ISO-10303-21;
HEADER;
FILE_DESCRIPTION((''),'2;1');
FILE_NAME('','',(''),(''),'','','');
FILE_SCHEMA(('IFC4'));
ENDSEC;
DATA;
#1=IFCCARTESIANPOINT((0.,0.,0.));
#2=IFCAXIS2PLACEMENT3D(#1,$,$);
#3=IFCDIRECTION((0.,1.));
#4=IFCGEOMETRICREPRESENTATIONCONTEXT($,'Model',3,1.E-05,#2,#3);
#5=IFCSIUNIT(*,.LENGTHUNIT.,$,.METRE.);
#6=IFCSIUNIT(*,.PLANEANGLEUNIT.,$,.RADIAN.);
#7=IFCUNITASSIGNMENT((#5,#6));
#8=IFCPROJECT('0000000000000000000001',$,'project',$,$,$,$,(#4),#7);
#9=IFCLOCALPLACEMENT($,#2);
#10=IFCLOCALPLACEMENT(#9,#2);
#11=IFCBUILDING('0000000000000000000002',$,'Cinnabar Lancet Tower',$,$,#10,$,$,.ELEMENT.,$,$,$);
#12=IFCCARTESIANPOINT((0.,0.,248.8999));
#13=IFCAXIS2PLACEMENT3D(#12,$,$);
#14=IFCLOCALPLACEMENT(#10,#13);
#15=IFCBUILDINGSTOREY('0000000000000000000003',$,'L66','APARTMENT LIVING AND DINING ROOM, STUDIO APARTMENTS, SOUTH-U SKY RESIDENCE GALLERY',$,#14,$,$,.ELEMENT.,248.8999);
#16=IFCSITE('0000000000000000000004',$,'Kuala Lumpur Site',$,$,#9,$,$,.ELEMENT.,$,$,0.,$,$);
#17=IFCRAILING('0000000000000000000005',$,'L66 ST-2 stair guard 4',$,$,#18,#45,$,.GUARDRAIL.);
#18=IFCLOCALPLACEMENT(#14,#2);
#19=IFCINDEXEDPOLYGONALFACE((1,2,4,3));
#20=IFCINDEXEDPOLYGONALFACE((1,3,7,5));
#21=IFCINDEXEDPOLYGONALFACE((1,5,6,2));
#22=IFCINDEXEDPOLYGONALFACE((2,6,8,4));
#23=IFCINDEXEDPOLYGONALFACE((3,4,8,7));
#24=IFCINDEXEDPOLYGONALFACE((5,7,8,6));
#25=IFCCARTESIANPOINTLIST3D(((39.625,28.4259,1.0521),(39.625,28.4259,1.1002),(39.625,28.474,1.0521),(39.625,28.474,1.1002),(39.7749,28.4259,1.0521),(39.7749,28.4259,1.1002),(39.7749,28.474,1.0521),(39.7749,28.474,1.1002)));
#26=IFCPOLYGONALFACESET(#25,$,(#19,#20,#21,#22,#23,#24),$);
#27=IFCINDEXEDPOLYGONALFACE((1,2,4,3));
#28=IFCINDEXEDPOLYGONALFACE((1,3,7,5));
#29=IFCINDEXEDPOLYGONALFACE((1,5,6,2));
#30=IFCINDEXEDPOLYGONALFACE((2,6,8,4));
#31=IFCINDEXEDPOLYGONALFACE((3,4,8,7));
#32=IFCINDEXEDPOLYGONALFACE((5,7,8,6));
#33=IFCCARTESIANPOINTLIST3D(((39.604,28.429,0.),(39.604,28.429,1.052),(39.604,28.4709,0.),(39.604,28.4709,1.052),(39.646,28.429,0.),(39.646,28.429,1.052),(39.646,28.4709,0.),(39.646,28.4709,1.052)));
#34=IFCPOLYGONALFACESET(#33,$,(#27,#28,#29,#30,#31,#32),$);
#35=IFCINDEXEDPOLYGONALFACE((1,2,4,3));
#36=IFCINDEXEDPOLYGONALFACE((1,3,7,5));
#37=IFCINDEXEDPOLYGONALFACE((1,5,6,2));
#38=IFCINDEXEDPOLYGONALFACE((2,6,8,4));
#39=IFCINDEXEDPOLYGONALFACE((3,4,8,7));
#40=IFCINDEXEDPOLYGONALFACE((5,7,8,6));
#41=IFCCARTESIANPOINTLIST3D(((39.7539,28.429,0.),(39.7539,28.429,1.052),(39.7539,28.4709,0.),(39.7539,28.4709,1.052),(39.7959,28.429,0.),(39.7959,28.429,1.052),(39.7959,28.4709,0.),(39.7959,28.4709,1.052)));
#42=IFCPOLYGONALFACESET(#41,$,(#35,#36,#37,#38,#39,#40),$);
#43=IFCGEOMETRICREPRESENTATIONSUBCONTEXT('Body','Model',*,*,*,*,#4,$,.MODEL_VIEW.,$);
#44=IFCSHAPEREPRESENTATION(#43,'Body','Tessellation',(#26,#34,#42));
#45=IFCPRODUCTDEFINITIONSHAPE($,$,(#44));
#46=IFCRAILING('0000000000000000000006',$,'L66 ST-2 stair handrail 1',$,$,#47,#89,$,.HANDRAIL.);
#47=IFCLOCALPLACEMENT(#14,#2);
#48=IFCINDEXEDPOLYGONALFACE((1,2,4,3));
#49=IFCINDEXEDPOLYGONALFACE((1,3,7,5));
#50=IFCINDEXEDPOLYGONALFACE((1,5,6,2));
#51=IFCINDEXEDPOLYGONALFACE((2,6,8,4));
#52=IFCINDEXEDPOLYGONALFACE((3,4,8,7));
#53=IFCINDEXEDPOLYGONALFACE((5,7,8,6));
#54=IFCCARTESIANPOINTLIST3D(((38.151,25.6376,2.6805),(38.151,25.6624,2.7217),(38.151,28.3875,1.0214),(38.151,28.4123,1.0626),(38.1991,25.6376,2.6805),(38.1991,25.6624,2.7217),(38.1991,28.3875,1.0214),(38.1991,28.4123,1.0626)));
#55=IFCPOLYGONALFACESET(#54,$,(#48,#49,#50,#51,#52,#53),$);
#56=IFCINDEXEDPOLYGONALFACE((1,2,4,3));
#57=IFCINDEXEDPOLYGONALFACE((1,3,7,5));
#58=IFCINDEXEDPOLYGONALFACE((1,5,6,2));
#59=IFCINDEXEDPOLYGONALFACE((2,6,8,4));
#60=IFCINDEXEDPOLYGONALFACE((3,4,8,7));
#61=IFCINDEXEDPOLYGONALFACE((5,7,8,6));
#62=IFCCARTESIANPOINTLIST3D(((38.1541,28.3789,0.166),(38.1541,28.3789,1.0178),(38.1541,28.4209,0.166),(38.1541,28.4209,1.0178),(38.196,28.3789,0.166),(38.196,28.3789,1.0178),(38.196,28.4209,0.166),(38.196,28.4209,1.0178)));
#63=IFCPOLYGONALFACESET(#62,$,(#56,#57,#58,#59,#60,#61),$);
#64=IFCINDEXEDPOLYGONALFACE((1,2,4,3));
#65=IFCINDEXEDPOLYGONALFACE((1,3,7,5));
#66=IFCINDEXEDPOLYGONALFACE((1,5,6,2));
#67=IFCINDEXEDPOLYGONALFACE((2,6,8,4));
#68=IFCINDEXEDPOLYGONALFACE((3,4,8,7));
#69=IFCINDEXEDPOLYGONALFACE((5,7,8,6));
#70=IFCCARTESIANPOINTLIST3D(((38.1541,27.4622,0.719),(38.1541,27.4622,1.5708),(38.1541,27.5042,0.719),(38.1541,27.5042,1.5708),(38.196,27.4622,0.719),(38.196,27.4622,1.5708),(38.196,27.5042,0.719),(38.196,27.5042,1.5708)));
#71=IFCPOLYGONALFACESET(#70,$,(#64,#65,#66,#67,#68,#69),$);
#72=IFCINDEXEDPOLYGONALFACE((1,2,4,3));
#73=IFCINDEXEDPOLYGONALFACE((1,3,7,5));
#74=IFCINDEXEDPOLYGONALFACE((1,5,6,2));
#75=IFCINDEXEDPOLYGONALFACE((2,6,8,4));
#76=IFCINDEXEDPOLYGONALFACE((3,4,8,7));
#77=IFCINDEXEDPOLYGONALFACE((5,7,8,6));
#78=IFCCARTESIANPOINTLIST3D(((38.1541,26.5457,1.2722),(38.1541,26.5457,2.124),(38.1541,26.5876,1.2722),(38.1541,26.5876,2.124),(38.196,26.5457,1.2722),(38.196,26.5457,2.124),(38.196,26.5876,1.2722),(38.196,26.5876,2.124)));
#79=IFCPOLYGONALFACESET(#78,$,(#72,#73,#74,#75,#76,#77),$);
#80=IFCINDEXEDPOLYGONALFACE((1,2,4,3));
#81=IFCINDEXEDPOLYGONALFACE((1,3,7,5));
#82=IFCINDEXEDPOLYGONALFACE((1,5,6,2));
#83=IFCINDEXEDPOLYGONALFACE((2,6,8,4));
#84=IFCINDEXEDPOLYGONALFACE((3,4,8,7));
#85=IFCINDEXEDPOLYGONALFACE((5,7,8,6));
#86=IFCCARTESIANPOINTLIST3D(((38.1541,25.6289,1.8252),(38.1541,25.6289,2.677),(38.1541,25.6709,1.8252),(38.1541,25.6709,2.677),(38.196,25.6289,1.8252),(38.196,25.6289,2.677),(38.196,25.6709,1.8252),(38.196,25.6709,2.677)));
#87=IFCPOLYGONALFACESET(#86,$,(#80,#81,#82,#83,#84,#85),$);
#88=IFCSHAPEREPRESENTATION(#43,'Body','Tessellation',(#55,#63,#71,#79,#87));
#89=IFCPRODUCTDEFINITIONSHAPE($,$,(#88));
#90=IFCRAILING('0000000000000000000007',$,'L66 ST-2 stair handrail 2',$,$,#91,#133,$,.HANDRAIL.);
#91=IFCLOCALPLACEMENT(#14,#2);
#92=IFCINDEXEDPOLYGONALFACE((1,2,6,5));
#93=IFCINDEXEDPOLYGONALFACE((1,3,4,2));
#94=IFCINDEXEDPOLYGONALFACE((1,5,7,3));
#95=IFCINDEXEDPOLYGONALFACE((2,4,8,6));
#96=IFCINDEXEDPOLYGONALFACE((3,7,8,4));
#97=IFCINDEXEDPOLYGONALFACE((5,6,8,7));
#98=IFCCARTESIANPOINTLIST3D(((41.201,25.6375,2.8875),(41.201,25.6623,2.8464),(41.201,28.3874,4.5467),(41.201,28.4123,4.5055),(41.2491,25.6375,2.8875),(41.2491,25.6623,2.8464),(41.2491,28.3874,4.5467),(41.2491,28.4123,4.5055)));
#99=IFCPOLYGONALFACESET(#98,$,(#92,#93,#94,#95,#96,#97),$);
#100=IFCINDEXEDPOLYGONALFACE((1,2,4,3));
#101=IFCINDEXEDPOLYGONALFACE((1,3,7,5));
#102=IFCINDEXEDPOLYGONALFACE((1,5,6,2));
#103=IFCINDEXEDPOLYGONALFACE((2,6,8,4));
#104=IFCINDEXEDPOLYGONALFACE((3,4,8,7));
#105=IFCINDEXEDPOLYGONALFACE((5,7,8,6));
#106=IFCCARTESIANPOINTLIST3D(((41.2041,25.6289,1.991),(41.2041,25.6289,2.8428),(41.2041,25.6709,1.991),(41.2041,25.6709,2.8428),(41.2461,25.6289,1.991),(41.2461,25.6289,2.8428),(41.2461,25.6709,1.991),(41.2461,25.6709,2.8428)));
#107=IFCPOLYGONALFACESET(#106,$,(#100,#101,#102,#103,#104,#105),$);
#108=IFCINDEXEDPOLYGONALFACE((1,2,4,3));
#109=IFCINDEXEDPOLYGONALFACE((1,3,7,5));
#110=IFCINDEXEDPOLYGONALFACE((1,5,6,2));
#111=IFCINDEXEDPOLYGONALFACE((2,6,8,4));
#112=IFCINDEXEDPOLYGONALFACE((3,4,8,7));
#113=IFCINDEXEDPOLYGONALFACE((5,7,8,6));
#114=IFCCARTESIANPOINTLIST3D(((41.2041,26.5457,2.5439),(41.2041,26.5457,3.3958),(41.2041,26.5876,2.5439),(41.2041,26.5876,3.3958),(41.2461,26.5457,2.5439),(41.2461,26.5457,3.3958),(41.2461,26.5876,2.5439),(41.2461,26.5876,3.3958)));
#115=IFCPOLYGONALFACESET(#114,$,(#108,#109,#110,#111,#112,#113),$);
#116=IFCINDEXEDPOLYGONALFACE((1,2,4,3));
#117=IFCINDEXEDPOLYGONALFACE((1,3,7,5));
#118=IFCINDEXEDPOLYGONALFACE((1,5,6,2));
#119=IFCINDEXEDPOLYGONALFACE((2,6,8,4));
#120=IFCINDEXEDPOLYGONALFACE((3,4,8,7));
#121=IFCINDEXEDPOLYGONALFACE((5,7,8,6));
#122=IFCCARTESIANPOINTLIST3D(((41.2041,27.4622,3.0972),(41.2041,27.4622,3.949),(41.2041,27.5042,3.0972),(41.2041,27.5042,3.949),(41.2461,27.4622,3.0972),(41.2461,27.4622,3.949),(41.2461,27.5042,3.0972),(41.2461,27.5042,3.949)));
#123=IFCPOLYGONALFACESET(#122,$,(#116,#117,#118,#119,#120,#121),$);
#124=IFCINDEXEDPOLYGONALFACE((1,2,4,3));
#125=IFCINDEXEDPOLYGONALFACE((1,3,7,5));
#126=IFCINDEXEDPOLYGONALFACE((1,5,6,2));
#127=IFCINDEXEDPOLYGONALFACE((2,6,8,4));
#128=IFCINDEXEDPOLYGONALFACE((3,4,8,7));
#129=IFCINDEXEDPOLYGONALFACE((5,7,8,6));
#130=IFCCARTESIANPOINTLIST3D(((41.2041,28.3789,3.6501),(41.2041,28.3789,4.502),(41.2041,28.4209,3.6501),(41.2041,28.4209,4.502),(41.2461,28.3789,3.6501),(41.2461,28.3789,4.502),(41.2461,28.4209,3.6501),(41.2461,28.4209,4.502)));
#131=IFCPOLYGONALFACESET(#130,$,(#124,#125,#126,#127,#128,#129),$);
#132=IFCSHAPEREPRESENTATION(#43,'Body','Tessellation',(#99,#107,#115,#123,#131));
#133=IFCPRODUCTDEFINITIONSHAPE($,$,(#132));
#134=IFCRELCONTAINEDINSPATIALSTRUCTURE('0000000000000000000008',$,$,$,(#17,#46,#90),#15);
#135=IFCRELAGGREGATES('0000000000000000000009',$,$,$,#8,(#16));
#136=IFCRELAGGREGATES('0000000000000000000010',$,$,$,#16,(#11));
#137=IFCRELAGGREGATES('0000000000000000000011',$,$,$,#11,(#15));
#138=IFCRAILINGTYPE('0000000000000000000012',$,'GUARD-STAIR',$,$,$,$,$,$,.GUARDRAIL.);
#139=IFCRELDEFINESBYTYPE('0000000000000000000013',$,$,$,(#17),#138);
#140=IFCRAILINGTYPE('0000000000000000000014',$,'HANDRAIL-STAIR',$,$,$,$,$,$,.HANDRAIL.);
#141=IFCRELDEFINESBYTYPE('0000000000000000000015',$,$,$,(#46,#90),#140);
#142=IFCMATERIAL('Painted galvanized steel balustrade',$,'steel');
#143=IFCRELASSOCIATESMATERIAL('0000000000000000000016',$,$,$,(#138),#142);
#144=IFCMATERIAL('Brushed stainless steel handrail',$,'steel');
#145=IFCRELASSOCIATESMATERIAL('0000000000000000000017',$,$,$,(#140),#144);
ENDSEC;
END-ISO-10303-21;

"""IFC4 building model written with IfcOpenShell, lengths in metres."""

from ifc_helpers import new_model, si_unit, direction, frame, origin, origin_2d, place, context, subcontext, project, spatial, rectangle, extrude, material, type_object, element, save


model = new_model("IFC4")

# Units and contexts
model_context = context("Model", 3, precision=1e-05, world=origin(), true_north=direction((0.0, 1.0)))
body_context = subcontext(model_context, "Body", "Model", "MODEL_VIEW")
ifc_project = project(units=[si_unit("LENGTHUNIT", "METRE"), si_unit("PLANEANGLEUNIT", "RADIAN")], contexts=[model_context])

# Site, building, storey
site_placement = place(None, origin())
site = spatial("IfcSite", under=ifc_project, at=site_placement, Name="Kuala Lumpur Site", CompositionType="ELEMENT", RefElevation=0.0)
building_placement = place(site_placement, origin())
building = spatial("IfcBuilding", under=site, at=building_placement, Name="Cinnabar Lancet Tower", CompositionType="ELEMENT")
storey_placement = place(building_placement, frame((0.0, 0.0, 248.8999)))
storey = spatial("IfcBuildingStorey", under=building, at=storey_placement, Name="L66", Description="APARTMENT LIVING AND DINING ROOM, STUDIO APARTMENTS, SOUTH-U SKY RESIDENCE GALLERY", CompositionType="ELEMENT", Elevation=248.8999)

# Railings
ifc_material_1 = material(Name="Painted galvanized steel balustrade", Category="steel")
railing_type_1 = type_object("IfcRailingType", Name="GUARD-STAIR", PredefinedType="GUARDRAIL", material=ifc_material_1)
railing_1_placement = place(storey_placement, frame((39.625, 28.45, 0.0)))
element("IfcRailing", 1, at=railing_1_placement, inside=storey, type_object=railing_type_1, Name="L66 ST-2 stair guard 4", PredefinedType="GUARDRAIL", context=body_context, shape_type="SweptSolid", body=[
    extrude(rectangle(XDim=0.0481, YDim=0.0481, at=origin_2d()), frame((0.0, 0.0, 1.0762), z_axis=(1.0, 0.0, 0.0), x_axis=(0.0, 1.0, 0.0)), (0.0, 0.0, 1.0), 0.1499),
    extrude(rectangle(XDim=0.042, YDim=0.042, at=origin_2d()), origin(), (0.0, 0.0, 1.0), 1.052),
    extrude(rectangle(XDim=0.042, YDim=0.042, at=origin_2d()), frame((0.1499, 0.0, 0.0)), (0.0, 0.0, 1.0), 1.052),
])
ifc_material_2 = material(Name="Brushed stainless steel handrail", Category="steel")
railing_type_2 = type_object("IfcRailingType", Name="HANDRAIL-STAIR", PredefinedType="HANDRAIL", material=ifc_material_2)
railing_2_placement = place(storey_placement, frame((38.175, 28.3999, 0.166)))
element("IfcRailing", 2, at=railing_2_placement, inside=storey, type_object=railing_type_2, Name="L66 ST-2 stair handrail 1", PredefinedType="HANDRAIL", context=body_context, shape_type="SweptSolid", body=[
    extrude(rectangle(XDim=0.0481, YDim=0.0481, at=origin_2d()), frame((0.0, 0.0, 0.876), z_axis=(0.0, -0.856229, 0.516596), x_axis=(1.0, 0.0, 0.0)), (0.0, 0.0, 1.0), 3.2117),
    extrude(rectangle(XDim=0.042, YDim=0.042, at=origin_2d()), origin(), (0.0, 0.0, 1.0), 0.8518),
    extrude(rectangle(XDim=0.042, YDim=0.042, at=origin_2d()), frame((0.0, -0.9167, 0.553)), (0.0, 0.0, 1.0), 0.8518),
    extrude(rectangle(XDim=0.042, YDim=0.042, at=origin_2d()), frame((0.0, -1.8333, 1.1062)), (0.0, 0.0, 1.0), 0.8518),
    extrude(rectangle(XDim=0.042, YDim=0.042, at=origin_2d()), frame((0.0, -2.75, 1.6592)), (0.0, 0.0, 1.0), 0.8518),
])
railing_3_placement = place(storey_placement, frame((41.2251, 25.6499, 1.991)))
element("IfcRailing", 3, at=railing_3_placement, inside=storey, type_object=railing_type_2, Name="L66 ST-2 stair handrail 2", PredefinedType="HANDRAIL", context=body_context, shape_type="SweptSolid", body=[
    extrude(rectangle(XDim=0.0481, YDim=0.0481, at=origin_2d()), frame((0.0, 0.0, 0.876), z_axis=(0.0, 0.856229, 0.516596), x_axis=(-1.0, 0.0, 0.0)), (0.0, 0.0, 1.0), 3.2117),
    extrude(rectangle(XDim=0.042, YDim=0.042, at=origin_2d()), origin(), (0.0, 0.0, 1.0), 0.8518),
    extrude(rectangle(XDim=0.042, YDim=0.042, at=origin_2d()), frame((0.0, 0.9167, 0.553)), (0.0, 0.0, 1.0), 0.8518),
    extrude(rectangle(XDim=0.042, YDim=0.042, at=origin_2d()), frame((0.0, 1.8333, 1.1062)), (0.0, 0.0, 1.0), 0.8518),
    extrude(rectangle(XDim=0.042, YDim=0.042, at=origin_2d()), frame((0.0, 2.75, 1.6592)), (0.0, 0.0, 1.0), 0.8518),
])

save(model, "model.ifc")
